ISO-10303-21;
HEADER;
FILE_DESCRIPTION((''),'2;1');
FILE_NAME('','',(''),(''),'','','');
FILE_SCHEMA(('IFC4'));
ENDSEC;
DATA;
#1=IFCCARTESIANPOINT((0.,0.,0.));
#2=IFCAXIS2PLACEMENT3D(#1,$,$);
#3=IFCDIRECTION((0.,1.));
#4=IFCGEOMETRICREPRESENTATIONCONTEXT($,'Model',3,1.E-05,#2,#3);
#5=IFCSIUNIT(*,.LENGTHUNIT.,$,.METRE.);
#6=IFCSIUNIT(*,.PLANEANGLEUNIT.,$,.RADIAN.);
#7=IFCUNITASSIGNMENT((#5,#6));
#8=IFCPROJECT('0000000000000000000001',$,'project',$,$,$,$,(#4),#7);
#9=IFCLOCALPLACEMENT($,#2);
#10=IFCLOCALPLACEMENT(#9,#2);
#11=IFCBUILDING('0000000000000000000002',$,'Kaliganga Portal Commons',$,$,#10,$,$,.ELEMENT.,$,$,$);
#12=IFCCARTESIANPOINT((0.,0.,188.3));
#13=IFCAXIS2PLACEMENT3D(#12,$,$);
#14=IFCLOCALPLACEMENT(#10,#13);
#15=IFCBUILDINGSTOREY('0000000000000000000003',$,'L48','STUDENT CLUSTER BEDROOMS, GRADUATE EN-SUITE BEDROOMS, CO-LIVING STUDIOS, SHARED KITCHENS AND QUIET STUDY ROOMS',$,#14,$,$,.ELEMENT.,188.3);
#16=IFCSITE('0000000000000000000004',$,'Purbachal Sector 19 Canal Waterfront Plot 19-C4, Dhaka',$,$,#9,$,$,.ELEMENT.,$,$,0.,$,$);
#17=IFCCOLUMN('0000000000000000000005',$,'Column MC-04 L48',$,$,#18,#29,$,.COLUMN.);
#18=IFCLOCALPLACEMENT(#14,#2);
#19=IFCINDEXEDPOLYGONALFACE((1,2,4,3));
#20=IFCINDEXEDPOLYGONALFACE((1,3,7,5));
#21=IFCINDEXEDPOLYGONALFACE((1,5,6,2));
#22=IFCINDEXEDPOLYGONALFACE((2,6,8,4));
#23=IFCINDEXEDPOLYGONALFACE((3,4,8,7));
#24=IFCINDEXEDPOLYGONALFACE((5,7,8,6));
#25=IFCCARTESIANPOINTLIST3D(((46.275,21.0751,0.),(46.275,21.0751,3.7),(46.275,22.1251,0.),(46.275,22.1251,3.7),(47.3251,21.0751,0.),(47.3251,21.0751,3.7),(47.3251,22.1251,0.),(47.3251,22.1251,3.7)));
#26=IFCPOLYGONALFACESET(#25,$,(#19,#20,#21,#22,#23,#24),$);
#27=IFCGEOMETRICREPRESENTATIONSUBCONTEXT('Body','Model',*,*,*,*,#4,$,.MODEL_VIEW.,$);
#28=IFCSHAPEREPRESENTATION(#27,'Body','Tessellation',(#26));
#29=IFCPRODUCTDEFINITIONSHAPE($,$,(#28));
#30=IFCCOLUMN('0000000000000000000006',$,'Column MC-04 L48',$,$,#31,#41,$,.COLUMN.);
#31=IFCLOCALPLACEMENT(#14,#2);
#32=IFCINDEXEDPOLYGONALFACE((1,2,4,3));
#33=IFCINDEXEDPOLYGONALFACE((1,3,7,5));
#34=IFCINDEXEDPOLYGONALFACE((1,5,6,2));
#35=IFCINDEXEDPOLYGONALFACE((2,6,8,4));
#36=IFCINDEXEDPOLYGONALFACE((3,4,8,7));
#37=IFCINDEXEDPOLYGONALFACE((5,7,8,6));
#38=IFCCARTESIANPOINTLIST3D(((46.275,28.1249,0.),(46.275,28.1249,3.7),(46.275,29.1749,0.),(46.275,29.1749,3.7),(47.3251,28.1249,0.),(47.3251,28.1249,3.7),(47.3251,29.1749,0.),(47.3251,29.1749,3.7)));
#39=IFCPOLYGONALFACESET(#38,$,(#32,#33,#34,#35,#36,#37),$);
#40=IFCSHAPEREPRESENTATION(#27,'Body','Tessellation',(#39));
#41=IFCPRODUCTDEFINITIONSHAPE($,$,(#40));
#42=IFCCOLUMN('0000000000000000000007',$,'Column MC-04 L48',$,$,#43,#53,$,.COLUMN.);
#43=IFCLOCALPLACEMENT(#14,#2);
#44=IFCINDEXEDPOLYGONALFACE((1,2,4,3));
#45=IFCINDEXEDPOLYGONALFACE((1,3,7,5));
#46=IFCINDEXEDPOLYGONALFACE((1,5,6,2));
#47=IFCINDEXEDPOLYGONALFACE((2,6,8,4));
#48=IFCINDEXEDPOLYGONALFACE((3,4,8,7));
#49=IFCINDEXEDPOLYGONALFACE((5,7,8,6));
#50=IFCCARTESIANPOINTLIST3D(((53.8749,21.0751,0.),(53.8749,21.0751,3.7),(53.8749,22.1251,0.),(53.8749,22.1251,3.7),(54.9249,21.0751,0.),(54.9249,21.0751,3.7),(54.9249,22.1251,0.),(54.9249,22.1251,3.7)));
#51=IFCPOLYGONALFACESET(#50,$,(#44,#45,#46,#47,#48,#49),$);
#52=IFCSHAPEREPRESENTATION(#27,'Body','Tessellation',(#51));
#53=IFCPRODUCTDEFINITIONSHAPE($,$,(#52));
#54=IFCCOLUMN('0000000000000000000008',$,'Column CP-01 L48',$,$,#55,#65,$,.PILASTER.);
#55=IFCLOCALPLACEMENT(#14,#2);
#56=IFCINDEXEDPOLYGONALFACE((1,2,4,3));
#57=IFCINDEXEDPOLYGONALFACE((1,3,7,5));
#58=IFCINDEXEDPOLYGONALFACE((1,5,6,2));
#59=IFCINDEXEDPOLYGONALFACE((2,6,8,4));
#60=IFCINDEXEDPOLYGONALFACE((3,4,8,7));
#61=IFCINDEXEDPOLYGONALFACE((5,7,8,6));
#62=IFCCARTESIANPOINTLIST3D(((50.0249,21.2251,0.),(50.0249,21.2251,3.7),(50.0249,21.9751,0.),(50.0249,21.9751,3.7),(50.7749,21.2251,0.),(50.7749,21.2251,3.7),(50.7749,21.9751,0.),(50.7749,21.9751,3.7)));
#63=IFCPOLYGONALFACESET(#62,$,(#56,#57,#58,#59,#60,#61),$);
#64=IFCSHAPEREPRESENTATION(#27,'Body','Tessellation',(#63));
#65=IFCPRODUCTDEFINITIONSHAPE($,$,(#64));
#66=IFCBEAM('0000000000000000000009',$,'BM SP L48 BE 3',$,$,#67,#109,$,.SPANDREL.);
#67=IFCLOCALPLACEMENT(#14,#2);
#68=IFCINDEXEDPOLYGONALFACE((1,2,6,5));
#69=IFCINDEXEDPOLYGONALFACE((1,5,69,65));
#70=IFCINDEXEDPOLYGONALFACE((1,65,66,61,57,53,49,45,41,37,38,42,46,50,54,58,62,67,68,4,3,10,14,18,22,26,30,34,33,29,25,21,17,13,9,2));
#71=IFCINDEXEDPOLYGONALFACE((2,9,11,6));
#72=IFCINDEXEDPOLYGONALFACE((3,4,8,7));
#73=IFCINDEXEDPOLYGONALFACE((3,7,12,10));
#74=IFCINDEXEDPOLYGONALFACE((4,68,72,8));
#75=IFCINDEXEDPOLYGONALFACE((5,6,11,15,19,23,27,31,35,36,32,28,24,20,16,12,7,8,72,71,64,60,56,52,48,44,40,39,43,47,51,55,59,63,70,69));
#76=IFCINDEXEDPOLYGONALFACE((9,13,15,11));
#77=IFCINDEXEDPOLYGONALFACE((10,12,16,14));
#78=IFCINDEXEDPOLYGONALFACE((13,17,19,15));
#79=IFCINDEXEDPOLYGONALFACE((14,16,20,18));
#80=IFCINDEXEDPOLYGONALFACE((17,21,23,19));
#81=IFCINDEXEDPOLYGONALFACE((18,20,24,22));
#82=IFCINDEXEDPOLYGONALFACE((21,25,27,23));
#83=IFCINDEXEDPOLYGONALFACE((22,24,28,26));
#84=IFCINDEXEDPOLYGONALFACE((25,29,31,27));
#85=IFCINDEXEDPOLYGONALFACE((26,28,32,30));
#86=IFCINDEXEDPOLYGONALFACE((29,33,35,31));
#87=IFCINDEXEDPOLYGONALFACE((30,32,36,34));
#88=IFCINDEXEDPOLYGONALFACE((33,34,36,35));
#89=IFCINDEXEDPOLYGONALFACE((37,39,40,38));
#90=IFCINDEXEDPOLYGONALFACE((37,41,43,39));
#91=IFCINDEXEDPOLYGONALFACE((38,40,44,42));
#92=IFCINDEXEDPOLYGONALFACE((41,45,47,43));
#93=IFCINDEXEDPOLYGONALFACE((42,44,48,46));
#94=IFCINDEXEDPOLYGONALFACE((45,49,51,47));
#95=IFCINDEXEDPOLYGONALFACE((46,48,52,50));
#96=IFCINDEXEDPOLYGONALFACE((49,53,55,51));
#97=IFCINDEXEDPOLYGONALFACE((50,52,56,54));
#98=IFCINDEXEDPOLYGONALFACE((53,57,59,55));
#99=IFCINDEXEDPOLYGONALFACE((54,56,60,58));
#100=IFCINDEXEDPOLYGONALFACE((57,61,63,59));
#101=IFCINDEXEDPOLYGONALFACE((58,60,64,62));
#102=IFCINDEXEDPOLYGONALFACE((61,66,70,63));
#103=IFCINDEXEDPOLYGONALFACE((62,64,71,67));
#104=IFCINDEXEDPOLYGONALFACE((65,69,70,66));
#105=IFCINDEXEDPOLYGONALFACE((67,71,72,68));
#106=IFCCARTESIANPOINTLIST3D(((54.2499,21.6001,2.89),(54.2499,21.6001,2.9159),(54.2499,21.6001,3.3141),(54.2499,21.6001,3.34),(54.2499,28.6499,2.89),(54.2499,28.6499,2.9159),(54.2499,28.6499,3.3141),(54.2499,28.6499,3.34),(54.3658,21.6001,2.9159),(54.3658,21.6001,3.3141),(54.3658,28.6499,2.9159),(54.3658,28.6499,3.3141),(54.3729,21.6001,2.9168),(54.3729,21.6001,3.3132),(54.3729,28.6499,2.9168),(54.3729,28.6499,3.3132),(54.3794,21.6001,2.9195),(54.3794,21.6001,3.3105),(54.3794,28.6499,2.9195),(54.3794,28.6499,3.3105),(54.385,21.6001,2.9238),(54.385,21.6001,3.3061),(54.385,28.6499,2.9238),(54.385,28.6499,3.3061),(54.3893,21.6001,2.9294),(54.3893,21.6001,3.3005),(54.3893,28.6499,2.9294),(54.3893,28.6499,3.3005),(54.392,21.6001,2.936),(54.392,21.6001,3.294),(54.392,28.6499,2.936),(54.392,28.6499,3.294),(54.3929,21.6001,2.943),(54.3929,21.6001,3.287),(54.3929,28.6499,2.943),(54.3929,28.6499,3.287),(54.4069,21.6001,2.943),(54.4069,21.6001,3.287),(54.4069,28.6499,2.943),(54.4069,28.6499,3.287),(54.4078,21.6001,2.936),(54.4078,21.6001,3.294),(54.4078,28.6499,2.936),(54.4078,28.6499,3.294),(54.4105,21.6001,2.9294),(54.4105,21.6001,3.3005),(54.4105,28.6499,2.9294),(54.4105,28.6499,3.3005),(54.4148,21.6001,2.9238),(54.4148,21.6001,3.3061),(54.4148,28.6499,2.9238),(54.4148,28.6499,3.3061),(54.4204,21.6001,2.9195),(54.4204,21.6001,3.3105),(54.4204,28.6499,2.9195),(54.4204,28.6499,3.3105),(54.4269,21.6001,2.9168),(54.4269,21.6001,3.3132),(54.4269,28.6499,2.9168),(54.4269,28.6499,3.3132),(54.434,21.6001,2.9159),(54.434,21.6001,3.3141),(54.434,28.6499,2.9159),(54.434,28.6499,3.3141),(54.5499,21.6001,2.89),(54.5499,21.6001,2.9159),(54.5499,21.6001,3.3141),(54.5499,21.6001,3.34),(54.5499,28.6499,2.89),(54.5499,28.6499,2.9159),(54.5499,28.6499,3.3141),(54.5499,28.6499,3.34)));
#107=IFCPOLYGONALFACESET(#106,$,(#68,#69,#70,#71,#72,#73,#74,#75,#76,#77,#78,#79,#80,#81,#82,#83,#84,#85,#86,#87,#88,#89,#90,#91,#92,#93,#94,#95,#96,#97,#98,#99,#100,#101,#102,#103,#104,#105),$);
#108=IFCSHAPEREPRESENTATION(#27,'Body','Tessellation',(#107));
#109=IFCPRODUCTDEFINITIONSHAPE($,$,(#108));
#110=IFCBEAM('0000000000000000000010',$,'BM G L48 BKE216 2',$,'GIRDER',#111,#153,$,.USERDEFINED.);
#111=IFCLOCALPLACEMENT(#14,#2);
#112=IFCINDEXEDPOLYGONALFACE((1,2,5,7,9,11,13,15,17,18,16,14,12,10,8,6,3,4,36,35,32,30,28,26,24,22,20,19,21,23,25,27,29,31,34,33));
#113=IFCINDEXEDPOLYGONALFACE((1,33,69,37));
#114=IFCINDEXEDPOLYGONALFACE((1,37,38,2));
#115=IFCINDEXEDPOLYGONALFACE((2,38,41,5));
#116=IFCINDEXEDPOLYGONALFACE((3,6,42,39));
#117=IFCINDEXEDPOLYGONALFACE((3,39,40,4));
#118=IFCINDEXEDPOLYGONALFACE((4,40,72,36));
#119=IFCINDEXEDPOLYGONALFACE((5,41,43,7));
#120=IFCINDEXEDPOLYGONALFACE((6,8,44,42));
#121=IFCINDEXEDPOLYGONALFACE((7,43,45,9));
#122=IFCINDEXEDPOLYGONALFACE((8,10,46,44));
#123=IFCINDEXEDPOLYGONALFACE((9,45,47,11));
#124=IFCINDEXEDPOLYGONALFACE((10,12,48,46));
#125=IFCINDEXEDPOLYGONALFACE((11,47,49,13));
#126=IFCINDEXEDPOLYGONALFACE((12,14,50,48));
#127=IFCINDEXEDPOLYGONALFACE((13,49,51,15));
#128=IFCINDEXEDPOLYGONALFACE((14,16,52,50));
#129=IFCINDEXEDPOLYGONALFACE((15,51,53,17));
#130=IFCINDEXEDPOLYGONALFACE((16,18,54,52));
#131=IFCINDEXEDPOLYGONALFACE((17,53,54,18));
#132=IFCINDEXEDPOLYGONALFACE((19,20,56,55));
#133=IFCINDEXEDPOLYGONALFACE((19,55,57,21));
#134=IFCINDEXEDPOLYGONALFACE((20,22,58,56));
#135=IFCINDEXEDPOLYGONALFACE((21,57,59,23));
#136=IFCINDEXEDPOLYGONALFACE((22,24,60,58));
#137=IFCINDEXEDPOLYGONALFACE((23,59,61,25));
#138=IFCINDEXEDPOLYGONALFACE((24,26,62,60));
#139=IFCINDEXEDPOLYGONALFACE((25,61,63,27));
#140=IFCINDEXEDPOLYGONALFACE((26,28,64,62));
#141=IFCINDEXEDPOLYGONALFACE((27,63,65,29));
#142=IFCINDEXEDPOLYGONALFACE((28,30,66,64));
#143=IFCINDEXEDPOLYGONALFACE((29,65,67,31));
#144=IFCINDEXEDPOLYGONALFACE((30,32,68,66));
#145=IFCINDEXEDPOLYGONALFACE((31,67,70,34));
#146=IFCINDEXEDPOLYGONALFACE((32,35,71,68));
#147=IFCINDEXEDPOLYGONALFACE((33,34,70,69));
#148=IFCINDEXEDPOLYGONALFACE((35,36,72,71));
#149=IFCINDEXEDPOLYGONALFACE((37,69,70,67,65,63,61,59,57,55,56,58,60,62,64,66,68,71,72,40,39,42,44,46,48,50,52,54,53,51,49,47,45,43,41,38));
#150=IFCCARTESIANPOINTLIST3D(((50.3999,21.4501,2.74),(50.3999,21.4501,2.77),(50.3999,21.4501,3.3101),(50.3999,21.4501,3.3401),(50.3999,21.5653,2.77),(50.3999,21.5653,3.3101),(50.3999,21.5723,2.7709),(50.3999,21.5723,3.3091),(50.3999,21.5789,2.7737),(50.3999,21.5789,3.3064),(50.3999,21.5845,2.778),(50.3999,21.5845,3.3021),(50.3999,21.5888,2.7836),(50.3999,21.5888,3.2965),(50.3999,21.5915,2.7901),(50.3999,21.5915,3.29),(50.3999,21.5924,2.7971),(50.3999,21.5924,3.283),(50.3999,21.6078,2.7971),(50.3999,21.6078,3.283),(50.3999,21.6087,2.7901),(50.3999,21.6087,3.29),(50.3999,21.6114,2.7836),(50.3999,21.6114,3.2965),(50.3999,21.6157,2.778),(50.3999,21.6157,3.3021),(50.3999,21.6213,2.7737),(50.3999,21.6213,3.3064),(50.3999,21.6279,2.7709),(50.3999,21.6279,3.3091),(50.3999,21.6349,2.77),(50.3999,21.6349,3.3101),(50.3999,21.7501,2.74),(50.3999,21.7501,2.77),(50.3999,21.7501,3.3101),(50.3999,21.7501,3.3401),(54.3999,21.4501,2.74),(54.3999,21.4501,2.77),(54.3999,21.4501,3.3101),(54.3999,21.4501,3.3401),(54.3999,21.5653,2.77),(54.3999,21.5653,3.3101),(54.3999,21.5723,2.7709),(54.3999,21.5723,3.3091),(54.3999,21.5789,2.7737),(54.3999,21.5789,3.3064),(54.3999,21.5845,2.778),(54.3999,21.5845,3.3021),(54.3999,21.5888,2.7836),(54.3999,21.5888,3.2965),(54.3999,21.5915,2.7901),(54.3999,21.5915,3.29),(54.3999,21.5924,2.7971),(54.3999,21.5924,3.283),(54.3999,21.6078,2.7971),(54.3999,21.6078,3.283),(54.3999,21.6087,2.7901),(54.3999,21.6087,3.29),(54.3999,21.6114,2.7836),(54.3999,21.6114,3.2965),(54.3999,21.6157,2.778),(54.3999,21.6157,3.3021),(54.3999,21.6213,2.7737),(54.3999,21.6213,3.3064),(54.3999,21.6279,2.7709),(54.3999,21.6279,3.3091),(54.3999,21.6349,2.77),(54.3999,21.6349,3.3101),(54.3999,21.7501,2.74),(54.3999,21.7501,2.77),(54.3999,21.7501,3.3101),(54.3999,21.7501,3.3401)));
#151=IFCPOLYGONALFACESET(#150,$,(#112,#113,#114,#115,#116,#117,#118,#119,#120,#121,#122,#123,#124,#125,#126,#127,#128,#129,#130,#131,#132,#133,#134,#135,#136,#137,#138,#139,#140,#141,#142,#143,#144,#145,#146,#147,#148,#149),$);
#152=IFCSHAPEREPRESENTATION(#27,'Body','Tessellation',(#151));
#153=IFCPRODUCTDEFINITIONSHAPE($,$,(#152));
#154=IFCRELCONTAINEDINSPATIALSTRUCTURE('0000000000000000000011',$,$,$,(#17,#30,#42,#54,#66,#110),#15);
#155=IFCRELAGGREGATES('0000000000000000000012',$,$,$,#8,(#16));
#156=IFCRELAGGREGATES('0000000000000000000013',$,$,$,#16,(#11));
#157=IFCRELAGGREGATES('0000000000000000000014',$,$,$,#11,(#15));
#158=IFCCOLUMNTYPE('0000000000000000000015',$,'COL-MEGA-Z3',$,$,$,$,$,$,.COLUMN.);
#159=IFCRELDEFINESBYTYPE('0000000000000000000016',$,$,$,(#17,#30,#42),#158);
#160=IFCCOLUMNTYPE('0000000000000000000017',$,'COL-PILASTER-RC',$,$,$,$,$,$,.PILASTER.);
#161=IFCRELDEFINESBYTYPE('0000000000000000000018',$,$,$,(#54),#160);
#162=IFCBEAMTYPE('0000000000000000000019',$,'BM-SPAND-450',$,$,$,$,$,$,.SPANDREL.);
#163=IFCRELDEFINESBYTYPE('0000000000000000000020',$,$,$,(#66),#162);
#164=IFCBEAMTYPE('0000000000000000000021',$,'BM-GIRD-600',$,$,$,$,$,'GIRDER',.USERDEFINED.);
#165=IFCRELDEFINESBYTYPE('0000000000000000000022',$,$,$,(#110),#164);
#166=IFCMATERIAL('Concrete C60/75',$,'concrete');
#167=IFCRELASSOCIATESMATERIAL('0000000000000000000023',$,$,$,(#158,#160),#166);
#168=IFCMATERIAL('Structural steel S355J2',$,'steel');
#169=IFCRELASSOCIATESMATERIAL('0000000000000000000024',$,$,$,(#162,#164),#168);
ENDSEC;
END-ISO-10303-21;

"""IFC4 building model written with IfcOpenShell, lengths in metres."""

from ifc_helpers import new_model, si_unit, direction, frame, origin, origin_2d, place, context, subcontext, project, spatial, rectangle, i_section, extrude, source, transform, mapped, material, material_profile, profile_set, type_object, element, save


model = new_model("IFC4")

# Units and contexts
model_context = context("Model", 3, precision=1e-05, world=origin(), true_north=direction((0.0, 1.0)))
body_context = subcontext(model_context, "Body", "Model", "MODEL_VIEW")
ifc_project = project(units=[si_unit("LENGTHUNIT", "METRE"), si_unit("PLANEANGLEUNIT", "RADIAN")], contexts=[model_context])

# Site, building, storey
site_placement = place(None, origin())
site = spatial("IfcSite", under=ifc_project, at=site_placement, Name="Purbachal Sector 19 Canal Waterfront Plot 19-C4, Dhaka", CompositionType="ELEMENT", RefElevation=0.0)
building_placement = place(site_placement, origin())
building = spatial("IfcBuilding", under=site, at=building_placement, Name="Kaliganga Portal Commons", CompositionType="ELEMENT")
storey_placement = place(building_placement, frame((0.0, 0.0, 188.3)))
storey = spatial("IfcBuildingStorey", under=building, at=storey_placement, Name="L48", Description="STUDENT CLUSTER BEDROOMS, GRADUATE EN-SUITE BEDROOMS, CO-LIVING STUDIOS, SHARED KITCHENS AND QUIET STUDY ROOMS", CompositionType="ELEMENT", Elevation=188.3)

# Columns
ifc_material_1 = material(Name="Concrete C60/75", Category="concrete")
ifc_material_profile_1 = material_profile(ifc_material_1, rectangle(XDim=1.05, YDim=1.05, at=origin_2d()), Name="RC 1050x1050")
ifc_profile_set_1 = profile_set([ifc_material_profile_1], Name="Concrete C60/75")
column_type_1 = type_object("IfcColumnType", Name="COL-MEGA-Z3", PredefinedType="COLUMN", material=ifc_profile_set_1)
shared_shape_1 = source(origin(), body_context, "Body", "SweptSolid", [
    extrude(rectangle(XDim=1.05, YDim=1.05, at=origin_2d()), origin(), (0.0, 0.0, 1.0), 3.7),
])
for number, where, z_axis, x_axis, name in (
    (1, (46.8, 21.6001, 0.0), (0.0, 0.0, 1.0), (1.0, 0.0, 0.0), "Column MC-04 L48"),
    (2, (46.8, 28.6499, 0.0), (0.0, 0.0, 1.0), (1.0, 0.0, 0.0), "Column MC-04 L48"),
    (3, (54.3999, 21.6001, 0.0), (0.0, 0.0, 1.0), (1.0, 0.0, 0.0), "Column MC-04 L48"),
):
    element("IfcColumn", number, at=place(storey_placement, frame(where, z_axis=z_axis, x_axis=x_axis)), inside=storey, type_object=column_type_1, Name=name, PredefinedType="COLUMN", context=body_context, shape_type="MappedRepresentation", body=[
        mapped(shared_shape_1, transform((0.0, 0.0, 0.0), x_axis=(1.0, 0.0, 0.0), y_axis=(0.0, 1.0, 0.0), z_axis=(0.0, 0.0, 1.0), scale=1.0)),
    ])
ifc_material_profile_2 = material_profile(ifc_material_1, rectangle(XDim=0.75, YDim=0.75, at=origin_2d()), Name="RC 750x750")
ifc_profile_set_2 = profile_set([ifc_material_profile_2], Name="Concrete C60/75")
column_type_2 = type_object("IfcColumnType", Name="COL-PILASTER-RC", PredefinedType="PILASTER", material=ifc_profile_set_2)
shared_shape_2 = source(origin(), body_context, "Body", "SweptSolid", [
    extrude(rectangle(XDim=0.75, YDim=0.75, at=origin_2d()), origin(), (0.0, 0.0, 1.0), 3.7),
])
column_placement = place(storey_placement, frame((50.3999, 21.6001, 0.0), z_axis=(0.0, 0.0, 1.0), x_axis=(1.0, 0.0, 0.0)))
element("IfcColumn", 4, at=column_placement, inside=storey, type_object=column_type_2, Name="Column CP-01 L48", PredefinedType="PILASTER", context=body_context, shape_type="MappedRepresentation", body=[
    mapped(shared_shape_2, transform((0.0, 0.0, 0.0), x_axis=(1.0, 0.0, 0.0), y_axis=(0.0, 1.0, 0.0), z_axis=(0.0, 0.0, 1.0), scale=1.0)),
])

# Beams
ifc_material_2 = material(Name="Structural steel S355J2", Category="steel")
ifc_material_profile_3 = material_profile(ifc_material_2, i_section(OverallWidth=0.3, OverallDepth=0.45, WebThickness=0.0139, FlangeThickness=0.0259, FilletRadius=0.0271, at=origin_2d()), Name="HE 450 B")
ifc_profile_set_3 = profile_set([ifc_material_profile_3], Name="Structural steel S355J2 wide-flange")
beam_type_1 = type_object("IfcBeamType", Name="BM-SPAND-450", PredefinedType="SPANDREL", material=ifc_profile_set_3)
shared_shape_3 = source(origin(), body_context, "Body", "SweptSolid", [
    extrude(i_section(OverallWidth=0.3, OverallDepth=0.45, WebThickness=0.0139, FlangeThickness=0.0259, FilletRadius=0.0271, at=origin_2d()), origin(), (0.0, 0.0, 1.0), 7.0498),
])
beam_1_placement = place(storey_placement, frame((54.3999, 21.6001, 3.115), z_axis=(0.0, 1.0, 0.0), x_axis=(-1.0, 0.0, 0.0)))
element("IfcBeam", 5, at=beam_1_placement, inside=storey, type_object=beam_type_1, Name="BM SP L48 BE 3", PredefinedType="SPANDREL", context=body_context, shape_type="MappedRepresentation", body=[
    mapped(shared_shape_3, transform((0.0, 0.0, 0.0), x_axis=(1.0, 0.0, 0.0), y_axis=(0.0, 1.0, 0.0), z_axis=(0.0, 0.0, 1.0), scale=1.0)),
])
ifc_material_profile_4 = material_profile(ifc_material_2, i_section(OverallWidth=0.3, OverallDepth=0.6001, WebThickness=0.0154, FlangeThickness=0.03, FilletRadius=0.0271, at=origin_2d()), Name="HE 600 B")
ifc_profile_set_4 = profile_set([ifc_material_profile_4], Name="Structural steel S355J2 wide-flange")
beam_type_2 = type_object("IfcBeamType", Name="BM-GIRD-600", ElementType="GIRDER", PredefinedType="USERDEFINED", material=ifc_profile_set_4)
shared_shape_4 = source(origin(), body_context, "Body", "SweptSolid", [
    extrude(i_section(OverallWidth=0.3, OverallDepth=0.6001, WebThickness=0.0154, FlangeThickness=0.03, FilletRadius=0.0271, at=origin_2d()), origin(), (0.0, 0.0, 1.0), 4.0),
])
beam_2_placement = place(storey_placement, frame((50.3999, 21.6001, 3.04), z_axis=(1.0, 0.0, 0.0), x_axis=(0.0, 1.0, 0.0)))
element("IfcBeam", 6, at=beam_2_placement, inside=storey, type_object=beam_type_2, Name="BM G L48 BKE216 2", ObjectType="GIRDER", PredefinedType="USERDEFINED", context=body_context, shape_type="MappedRepresentation", body=[
    mapped(shared_shape_4, transform((0.0, 0.0, 0.0), x_axis=(1.0, 0.0, 0.0), y_axis=(0.0, 1.0, 0.0), z_axis=(0.0, 0.0, 1.0), scale=1.0)),
])

save(model, "model.ifc")
